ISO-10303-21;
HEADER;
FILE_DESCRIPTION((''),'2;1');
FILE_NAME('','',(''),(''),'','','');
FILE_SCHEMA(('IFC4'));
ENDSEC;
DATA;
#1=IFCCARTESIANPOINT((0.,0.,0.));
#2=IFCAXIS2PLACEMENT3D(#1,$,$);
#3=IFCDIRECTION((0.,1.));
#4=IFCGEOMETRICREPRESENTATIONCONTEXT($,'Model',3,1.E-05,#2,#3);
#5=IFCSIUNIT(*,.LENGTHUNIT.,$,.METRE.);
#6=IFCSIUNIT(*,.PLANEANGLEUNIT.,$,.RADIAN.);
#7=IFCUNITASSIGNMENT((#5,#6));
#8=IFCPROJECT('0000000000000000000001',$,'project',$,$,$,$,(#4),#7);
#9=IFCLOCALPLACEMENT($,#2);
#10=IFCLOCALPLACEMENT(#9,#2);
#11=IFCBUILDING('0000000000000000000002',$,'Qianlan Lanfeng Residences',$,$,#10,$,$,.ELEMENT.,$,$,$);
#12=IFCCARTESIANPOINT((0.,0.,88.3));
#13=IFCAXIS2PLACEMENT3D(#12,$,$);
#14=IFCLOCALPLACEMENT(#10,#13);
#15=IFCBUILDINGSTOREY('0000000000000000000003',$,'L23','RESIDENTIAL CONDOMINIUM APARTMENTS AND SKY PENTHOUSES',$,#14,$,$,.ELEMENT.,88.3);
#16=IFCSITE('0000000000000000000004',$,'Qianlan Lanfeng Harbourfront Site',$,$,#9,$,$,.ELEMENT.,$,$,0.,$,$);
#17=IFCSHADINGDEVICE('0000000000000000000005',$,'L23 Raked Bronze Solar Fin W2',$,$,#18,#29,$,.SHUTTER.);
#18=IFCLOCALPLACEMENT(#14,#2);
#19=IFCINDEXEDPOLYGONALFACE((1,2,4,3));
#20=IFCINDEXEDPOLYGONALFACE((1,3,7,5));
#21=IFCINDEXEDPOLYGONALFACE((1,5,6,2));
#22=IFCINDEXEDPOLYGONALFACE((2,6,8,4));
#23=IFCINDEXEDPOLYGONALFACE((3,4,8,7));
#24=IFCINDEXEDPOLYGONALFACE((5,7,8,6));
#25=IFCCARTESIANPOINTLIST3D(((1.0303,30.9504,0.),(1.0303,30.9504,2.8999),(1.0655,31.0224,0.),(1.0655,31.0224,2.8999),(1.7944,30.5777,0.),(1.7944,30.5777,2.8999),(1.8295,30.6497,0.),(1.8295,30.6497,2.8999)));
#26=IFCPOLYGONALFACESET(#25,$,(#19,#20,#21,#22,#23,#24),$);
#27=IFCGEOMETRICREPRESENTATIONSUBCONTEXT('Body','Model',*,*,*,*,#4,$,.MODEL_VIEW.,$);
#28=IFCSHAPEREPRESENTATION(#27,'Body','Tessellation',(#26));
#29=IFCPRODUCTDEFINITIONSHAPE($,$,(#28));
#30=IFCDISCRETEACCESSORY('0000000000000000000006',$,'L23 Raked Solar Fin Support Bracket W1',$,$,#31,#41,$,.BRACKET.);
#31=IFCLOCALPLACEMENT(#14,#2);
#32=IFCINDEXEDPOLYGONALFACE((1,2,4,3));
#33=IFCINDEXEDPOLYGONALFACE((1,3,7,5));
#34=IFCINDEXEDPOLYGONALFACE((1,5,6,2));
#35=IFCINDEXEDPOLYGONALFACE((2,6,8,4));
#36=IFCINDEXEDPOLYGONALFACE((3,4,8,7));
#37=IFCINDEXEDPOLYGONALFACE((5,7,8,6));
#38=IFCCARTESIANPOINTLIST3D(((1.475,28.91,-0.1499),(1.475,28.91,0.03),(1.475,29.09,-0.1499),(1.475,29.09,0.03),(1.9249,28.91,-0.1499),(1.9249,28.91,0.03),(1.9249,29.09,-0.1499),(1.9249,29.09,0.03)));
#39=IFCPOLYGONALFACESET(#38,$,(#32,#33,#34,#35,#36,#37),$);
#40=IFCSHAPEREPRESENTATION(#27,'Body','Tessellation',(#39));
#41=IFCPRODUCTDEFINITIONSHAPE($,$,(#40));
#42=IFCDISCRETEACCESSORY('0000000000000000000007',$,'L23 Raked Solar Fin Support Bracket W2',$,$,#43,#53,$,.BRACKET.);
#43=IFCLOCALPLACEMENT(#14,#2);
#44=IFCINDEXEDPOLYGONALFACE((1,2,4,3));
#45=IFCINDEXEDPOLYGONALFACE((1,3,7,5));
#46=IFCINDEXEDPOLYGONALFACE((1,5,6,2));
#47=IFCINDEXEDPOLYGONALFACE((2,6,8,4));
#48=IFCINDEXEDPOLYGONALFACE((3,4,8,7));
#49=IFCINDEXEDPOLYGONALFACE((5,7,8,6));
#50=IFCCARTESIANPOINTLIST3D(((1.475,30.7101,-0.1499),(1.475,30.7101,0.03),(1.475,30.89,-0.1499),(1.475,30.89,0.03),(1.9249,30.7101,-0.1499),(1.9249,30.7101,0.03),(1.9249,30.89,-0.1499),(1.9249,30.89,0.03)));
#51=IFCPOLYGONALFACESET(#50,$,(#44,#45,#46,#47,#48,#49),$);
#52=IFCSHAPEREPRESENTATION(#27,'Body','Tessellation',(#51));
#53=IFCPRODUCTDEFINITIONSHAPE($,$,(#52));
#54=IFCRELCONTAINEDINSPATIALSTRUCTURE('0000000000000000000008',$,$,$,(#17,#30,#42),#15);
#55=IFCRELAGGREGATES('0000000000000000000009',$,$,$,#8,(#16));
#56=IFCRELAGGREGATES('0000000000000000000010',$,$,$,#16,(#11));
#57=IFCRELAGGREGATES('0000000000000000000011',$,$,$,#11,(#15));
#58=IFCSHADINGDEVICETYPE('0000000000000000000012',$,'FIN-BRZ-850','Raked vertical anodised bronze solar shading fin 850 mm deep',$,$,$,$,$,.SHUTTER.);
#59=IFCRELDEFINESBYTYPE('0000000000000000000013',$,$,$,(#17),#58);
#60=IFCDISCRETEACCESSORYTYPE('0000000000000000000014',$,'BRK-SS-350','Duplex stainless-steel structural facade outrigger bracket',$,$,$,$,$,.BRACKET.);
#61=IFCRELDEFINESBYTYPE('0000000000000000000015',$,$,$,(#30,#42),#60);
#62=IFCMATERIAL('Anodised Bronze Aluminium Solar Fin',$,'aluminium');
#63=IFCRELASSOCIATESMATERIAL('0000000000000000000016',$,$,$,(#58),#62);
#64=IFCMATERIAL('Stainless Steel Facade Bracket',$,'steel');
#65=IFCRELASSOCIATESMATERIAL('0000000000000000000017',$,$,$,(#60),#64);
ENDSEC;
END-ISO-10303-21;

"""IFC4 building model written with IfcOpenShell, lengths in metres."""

from ifc_helpers import new_model, si_unit, direction, frame, origin, origin_2d, place, context, subcontext, project, spatial, rectangle, extrude, source, transform, mapped, material, type_object, element, save


model = new_model("IFC4")

# Units and contexts
model_context = context("Model", 3, precision=1e-05, world=origin(), true_north=direction((0.0, 1.0)))
body_context = subcontext(model_context, "Body", "Model", "MODEL_VIEW")
ifc_project = project(units=[si_unit("LENGTHUNIT", "METRE"), si_unit("PLANEANGLEUNIT", "RADIAN")], contexts=[model_context])

# Site, building, storey
site_placement = place(None, origin())
site = spatial("IfcSite", under=ifc_project, at=site_placement, Name="Qianlan Lanfeng Harbourfront Site", CompositionType="ELEMENT", RefElevation=0.0)
building_placement = place(site_placement, origin())
building = spatial("IfcBuilding", under=site, at=building_placement, Name="Qianlan Lanfeng Residences", CompositionType="ELEMENT")
storey_placement = place(building_placement, frame((0.0, 0.0, 88.3)))
storey = spatial("IfcBuildingStorey", under=building, at=storey_placement, Name="L23", Description="RESIDENTIAL CONDOMINIUM APARTMENTS AND SKY PENTHOUSES", CompositionType="ELEMENT", Elevation=88.3)

# Shading device
ifc_material_1 = material(Name="Anodised Bronze Aluminium Solar Fin", Category="aluminium")
shading_device_type = type_object("IfcShadingDeviceType", Name="FIN-BRZ-850", Description="Raked vertical anodised bronze solar shading fin 850 mm deep", PredefinedType="SHUTTER", material=ifc_material_1)
shared_shape_1 = source(origin(), body_context, "Body", "SweptSolid", [
    extrude(rectangle(XDim=0.8501, YDim=0.0801, at=origin_2d()), origin(), (0.0, 0.0, 1.0), 2.8999),
])
for number, where, z_axis, x_axis, name in (
    (1, (1.4299, 30.8, 0.0), (0.0, 0.0, 1.0), (0.898794, -0.438371, 0.0), "L23 Raked Bronze Solar Fin W2"),
):
    element("IfcShadingDevice", number, at=place(storey_placement, frame(where, z_axis=z_axis, x_axis=x_axis)), inside=storey, type_object=shading_device_type, Name=name, PredefinedType="SHUTTER", context=body_context, shape_type="MappedRepresentation", body=[
        mapped(shared_shape_1, transform((0.0, 0.0, 0.0), scale=1.0)),
    ])

# Discrete accessories
ifc_material_2 = material(Name="Stainless Steel Facade Bracket", Category="steel")
discrete_accessory_type = type_object("IfcDiscreteAccessoryType", Name="BRK-SS-350", Description="Duplex stainless-steel structural facade outrigger bracket", PredefinedType="BRACKET", material=ifc_material_2)
shared_shape_2 = source(origin(), body_context, "Body", "SweptSolid", [
    extrude(rectangle(XDim=0.45, YDim=0.1799, at=origin_2d()), origin(), (0.0, 0.0, 1.0), 0.1799),
])
for number, where, z_axis, x_axis, name in (
    (2, (1.7, 29.0, -0.1499), (0.0, 0.0, 1.0), (1.0, 0.0, 0.0), "L23 Raked Solar Fin Support Bracket W1"),
    (3, (1.7, 30.8, -0.1499), (0.0, 0.0, 1.0), (1.0, 0.0, 0.0), "L23 Raked Solar Fin Support Bracket W2"),
):
    element("IfcDiscreteAccessory", number, at=place(storey_placement, frame(where, z_axis=z_axis, x_axis=x_axis)), inside=storey, type_object=discrete_accessory_type, Name=name, PredefinedType="BRACKET", context=body_context, shape_type="MappedRepresentation", body=[
        mapped(shared_shape_2, transform((0.0, 0.0, 0.0), scale=1.0)),
    ])

save(model, "model.ifc")
